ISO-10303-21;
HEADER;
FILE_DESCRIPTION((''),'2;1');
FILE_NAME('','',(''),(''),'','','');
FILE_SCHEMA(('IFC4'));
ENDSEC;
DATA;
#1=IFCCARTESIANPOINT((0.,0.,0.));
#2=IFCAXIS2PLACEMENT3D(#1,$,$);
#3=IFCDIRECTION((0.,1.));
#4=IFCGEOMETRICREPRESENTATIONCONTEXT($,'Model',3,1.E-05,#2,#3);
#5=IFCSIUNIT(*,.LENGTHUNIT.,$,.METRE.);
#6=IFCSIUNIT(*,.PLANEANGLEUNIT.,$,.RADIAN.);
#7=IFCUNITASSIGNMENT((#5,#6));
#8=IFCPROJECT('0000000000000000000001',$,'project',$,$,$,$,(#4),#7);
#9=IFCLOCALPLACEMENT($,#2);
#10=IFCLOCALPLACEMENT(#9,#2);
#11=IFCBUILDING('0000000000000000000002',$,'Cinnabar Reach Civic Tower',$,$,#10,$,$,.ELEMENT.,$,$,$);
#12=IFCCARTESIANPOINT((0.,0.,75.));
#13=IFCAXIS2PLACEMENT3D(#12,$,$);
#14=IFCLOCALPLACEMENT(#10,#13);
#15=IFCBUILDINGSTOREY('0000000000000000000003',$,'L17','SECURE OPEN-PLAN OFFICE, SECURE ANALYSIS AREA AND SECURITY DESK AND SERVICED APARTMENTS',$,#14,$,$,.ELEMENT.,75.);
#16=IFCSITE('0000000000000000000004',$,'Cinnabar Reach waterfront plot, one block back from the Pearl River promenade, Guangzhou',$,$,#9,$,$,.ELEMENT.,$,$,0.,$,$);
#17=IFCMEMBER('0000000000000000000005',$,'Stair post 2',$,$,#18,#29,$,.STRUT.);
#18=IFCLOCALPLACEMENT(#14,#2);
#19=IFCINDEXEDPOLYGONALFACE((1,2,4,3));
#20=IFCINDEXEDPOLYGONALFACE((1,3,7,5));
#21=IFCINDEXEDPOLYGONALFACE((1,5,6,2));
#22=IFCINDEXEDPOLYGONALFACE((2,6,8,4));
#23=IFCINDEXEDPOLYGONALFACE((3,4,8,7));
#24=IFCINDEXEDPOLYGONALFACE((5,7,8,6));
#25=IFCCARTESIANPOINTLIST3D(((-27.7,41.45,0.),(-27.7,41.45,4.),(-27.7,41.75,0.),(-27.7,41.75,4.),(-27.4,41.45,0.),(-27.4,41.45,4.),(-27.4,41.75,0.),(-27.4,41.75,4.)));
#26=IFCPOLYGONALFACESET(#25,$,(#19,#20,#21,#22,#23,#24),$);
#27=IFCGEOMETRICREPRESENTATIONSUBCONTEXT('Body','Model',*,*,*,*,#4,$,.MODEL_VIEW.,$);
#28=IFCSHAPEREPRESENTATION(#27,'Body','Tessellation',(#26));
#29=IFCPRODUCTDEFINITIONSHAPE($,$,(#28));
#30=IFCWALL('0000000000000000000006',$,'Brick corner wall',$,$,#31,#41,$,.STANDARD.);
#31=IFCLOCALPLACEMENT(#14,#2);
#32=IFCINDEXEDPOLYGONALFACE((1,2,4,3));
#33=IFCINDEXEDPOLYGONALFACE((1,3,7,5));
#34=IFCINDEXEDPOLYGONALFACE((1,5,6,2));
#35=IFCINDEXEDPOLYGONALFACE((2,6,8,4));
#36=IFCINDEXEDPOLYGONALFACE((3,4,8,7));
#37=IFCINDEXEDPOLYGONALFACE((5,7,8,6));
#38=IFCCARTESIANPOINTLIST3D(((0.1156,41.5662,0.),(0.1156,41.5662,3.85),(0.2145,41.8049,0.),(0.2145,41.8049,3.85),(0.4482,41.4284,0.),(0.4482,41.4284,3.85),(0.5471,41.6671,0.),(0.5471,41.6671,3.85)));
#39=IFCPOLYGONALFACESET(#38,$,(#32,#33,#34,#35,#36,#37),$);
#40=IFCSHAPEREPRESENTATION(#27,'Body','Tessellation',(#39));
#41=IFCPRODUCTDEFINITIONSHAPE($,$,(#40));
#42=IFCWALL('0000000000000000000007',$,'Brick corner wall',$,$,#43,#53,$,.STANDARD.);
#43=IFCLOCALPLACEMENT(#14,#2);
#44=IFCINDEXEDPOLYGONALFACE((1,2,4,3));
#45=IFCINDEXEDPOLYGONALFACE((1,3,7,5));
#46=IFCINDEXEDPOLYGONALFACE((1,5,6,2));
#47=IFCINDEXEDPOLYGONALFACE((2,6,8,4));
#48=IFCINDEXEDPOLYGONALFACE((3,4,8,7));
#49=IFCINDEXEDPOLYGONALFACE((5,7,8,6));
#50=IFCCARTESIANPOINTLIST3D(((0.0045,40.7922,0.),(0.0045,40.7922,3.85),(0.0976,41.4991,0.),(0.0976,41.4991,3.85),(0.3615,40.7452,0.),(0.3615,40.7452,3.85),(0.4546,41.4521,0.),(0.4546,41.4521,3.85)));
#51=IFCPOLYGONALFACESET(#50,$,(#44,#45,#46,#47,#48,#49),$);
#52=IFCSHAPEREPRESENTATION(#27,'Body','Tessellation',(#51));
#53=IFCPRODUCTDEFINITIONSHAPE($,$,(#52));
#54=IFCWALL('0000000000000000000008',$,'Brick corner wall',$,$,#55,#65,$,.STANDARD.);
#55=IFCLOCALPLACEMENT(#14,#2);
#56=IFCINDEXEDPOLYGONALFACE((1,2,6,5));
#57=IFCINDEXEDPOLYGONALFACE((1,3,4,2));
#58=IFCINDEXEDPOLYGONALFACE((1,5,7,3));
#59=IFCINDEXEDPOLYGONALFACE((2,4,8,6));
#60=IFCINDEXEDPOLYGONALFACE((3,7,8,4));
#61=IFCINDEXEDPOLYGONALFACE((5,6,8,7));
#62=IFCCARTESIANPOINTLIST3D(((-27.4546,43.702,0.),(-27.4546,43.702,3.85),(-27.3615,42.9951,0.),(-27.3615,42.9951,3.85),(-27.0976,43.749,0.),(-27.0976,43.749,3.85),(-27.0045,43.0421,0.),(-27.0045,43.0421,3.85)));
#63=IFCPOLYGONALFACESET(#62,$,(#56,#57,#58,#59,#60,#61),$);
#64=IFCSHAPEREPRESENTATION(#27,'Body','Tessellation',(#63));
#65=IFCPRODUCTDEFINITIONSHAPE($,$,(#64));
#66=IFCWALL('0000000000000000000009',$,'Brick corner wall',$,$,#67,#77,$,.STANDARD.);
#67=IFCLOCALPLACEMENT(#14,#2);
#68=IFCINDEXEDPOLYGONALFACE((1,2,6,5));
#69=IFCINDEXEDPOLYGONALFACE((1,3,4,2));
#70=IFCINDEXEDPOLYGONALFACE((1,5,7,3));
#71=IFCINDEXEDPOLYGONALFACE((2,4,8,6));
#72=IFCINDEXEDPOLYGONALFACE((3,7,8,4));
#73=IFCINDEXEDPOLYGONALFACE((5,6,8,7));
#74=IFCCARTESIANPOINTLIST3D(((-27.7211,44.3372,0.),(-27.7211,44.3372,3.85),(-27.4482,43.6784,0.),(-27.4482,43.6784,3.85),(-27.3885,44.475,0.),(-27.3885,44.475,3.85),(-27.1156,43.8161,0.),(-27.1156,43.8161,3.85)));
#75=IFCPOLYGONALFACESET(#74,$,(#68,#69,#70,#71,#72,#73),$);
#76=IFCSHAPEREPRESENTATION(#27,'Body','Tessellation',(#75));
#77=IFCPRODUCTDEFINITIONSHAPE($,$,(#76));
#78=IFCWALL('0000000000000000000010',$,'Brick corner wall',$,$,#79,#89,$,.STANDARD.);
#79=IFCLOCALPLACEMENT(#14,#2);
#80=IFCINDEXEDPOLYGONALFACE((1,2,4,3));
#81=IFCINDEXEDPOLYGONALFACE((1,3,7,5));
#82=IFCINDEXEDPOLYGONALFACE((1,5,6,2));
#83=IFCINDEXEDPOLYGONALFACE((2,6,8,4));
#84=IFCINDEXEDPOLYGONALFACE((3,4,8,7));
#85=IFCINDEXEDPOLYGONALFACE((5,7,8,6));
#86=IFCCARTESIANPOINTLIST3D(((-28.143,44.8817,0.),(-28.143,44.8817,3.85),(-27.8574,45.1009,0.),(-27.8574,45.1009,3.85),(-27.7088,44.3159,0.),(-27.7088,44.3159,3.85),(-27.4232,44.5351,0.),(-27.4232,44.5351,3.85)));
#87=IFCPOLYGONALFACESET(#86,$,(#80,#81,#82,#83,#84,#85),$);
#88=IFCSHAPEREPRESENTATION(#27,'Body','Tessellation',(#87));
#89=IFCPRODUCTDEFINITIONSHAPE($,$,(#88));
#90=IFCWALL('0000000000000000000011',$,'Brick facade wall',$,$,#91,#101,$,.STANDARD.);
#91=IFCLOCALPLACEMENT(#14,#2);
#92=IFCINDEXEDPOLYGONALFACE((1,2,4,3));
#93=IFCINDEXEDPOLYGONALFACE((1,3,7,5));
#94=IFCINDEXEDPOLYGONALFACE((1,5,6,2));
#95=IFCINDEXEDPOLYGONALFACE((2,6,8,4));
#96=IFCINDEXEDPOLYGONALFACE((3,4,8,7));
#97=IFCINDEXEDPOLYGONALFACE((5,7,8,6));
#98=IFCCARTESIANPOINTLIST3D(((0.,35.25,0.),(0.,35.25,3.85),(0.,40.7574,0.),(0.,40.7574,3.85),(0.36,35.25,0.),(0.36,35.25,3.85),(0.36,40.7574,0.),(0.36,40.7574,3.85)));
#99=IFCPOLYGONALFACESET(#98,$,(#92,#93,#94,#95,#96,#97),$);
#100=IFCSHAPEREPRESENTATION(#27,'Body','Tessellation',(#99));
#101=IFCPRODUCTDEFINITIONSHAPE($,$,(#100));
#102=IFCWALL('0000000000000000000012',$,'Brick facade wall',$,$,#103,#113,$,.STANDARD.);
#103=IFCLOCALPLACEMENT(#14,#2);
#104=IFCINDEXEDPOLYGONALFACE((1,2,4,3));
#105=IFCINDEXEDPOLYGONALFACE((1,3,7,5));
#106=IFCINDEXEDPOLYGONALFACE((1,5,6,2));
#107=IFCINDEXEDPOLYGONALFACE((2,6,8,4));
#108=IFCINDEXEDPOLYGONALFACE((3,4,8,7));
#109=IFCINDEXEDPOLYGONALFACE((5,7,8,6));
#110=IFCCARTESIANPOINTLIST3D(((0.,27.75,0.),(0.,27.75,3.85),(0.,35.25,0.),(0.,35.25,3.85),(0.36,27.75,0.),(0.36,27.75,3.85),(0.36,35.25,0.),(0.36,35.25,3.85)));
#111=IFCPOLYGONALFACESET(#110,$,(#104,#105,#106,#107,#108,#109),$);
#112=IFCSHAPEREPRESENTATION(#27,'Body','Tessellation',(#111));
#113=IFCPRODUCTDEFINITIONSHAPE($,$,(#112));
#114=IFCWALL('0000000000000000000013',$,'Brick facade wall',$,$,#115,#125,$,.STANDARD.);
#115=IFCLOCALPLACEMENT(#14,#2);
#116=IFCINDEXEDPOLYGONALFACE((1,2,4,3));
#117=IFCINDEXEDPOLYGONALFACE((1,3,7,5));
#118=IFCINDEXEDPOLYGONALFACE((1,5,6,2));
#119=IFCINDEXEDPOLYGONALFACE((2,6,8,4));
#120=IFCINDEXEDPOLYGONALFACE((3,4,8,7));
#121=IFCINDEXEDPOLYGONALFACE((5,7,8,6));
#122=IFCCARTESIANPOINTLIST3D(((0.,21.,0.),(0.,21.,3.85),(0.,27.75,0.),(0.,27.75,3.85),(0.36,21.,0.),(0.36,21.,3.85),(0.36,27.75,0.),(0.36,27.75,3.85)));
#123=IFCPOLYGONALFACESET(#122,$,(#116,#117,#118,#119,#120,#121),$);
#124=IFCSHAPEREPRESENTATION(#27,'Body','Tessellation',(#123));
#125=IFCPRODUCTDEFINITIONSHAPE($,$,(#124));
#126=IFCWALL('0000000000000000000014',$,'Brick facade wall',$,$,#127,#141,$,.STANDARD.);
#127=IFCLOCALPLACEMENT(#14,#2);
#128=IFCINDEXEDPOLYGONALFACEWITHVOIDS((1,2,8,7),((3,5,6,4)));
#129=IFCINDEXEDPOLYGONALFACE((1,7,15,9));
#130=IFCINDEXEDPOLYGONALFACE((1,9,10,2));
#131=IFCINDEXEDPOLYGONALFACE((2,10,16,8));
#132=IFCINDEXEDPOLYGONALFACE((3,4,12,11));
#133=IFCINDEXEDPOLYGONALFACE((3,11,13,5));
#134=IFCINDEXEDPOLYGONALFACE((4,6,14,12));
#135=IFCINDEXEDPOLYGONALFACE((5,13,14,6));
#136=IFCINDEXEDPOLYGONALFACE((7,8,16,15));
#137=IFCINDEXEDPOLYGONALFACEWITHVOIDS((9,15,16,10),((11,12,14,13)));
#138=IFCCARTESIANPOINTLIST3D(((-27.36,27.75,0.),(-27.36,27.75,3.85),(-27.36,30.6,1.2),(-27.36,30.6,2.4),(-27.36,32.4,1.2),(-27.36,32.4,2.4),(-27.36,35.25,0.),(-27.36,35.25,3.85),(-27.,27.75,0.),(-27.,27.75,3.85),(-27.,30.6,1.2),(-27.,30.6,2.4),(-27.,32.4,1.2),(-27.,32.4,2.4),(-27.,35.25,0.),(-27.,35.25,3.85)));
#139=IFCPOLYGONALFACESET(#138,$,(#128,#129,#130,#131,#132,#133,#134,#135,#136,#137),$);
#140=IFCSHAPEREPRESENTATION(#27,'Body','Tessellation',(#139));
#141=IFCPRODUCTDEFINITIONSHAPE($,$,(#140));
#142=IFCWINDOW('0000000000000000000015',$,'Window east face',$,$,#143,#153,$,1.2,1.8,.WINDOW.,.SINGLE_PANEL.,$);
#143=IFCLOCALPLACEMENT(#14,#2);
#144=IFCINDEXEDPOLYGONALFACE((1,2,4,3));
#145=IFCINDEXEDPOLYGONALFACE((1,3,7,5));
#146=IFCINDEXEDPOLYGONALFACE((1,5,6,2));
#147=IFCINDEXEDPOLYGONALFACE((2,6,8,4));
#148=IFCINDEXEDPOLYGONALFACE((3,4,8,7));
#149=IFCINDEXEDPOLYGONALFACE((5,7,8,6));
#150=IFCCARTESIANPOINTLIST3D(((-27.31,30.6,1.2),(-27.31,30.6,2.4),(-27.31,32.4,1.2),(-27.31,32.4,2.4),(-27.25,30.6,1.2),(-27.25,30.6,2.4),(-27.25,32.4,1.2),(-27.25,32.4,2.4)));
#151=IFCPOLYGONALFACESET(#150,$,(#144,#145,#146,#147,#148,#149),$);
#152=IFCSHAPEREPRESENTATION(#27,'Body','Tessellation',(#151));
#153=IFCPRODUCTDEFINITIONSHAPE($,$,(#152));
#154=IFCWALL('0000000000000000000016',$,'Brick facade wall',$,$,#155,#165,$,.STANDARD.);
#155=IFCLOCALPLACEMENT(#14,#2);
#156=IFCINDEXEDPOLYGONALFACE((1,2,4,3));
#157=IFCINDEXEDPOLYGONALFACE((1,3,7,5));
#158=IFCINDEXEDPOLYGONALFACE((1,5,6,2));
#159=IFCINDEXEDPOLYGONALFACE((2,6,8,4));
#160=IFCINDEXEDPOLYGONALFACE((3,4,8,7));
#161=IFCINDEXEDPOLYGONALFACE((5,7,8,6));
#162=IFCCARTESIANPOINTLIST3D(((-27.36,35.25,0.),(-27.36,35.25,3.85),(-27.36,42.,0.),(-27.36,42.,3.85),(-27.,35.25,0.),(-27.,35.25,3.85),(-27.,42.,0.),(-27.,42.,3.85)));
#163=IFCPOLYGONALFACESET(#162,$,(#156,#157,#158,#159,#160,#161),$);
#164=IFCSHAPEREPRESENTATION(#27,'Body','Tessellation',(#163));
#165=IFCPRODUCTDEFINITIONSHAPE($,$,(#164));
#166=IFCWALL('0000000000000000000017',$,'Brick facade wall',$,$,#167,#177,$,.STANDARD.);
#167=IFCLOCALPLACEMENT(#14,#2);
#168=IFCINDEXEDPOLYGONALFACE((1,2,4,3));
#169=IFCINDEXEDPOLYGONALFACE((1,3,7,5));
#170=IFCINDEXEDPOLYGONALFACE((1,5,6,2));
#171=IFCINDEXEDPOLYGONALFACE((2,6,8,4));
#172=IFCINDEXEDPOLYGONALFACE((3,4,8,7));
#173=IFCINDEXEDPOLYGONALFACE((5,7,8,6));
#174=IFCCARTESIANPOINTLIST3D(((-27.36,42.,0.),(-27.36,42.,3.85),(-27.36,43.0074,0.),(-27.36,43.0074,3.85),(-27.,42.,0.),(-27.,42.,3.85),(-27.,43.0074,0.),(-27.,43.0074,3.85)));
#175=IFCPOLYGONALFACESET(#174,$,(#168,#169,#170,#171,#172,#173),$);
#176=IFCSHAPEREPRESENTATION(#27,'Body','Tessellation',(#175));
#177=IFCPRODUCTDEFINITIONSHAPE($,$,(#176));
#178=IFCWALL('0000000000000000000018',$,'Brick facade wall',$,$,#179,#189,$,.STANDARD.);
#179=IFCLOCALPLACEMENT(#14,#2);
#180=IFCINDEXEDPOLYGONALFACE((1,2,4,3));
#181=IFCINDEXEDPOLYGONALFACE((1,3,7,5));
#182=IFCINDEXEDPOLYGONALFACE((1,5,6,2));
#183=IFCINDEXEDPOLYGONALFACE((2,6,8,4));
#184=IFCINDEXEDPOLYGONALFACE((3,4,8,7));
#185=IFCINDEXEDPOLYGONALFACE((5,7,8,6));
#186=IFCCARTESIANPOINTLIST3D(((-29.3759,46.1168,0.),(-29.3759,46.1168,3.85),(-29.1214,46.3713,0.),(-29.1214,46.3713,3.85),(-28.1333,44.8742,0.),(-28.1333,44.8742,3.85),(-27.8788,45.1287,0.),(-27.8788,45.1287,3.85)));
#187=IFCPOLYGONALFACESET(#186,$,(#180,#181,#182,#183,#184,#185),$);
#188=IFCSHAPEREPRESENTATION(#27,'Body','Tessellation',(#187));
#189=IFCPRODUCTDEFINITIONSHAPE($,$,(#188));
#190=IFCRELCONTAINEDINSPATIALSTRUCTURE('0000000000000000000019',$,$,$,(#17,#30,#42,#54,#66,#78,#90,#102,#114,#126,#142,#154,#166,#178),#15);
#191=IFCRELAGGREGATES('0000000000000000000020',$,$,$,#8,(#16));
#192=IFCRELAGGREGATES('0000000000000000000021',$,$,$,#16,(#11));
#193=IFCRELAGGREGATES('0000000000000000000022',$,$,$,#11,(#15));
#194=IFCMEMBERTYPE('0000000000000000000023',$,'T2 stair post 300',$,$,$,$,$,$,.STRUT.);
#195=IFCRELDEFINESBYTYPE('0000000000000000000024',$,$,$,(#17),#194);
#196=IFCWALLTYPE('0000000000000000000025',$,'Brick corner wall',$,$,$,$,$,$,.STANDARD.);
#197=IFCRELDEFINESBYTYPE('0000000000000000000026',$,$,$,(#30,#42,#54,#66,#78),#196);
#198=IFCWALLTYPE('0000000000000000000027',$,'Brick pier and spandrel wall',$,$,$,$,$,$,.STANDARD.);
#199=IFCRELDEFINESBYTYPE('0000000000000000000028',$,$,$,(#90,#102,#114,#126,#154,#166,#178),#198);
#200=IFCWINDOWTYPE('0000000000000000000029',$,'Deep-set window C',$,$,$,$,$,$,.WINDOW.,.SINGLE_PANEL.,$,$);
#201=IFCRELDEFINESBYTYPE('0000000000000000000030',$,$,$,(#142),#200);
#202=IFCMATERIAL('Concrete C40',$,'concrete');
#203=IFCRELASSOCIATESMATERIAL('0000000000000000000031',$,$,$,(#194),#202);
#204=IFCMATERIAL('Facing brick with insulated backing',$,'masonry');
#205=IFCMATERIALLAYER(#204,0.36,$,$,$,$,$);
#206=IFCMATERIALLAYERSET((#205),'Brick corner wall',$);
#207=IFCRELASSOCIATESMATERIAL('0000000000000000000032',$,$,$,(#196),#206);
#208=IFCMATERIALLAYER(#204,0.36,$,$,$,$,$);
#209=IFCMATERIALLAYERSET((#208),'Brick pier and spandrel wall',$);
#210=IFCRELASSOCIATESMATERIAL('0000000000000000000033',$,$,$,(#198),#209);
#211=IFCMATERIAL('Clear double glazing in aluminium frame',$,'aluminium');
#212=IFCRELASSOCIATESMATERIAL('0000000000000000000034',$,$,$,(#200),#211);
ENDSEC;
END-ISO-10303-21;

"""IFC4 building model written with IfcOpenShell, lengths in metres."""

from ifc_helpers import new_model, si_unit, direction, frame, frame_2d, origin, origin_2d, place, context, subcontext, project, spatial, rectangle, extrude, material, layer, layer_set, material_profile, profile_set, type_object, element, fill, save


model = new_model("IFC4")

# Units and contexts
model_context = context("Model", 3, precision=1e-05, world=origin(), true_north=direction((0.0, 1.0)))
body_context = subcontext(model_context, "Body", "Model", "MODEL_VIEW")
ifc_project = project(units=[si_unit("LENGTHUNIT", "METRE"), si_unit("PLANEANGLEUNIT", "RADIAN")], contexts=[model_context])

# Site, building, storey
site_placement = place(None, origin())
site = spatial("IfcSite", under=ifc_project, at=site_placement, Name="Cinnabar Reach waterfront plot, one block back from the Pearl River promenade, Guangzhou", CompositionType="ELEMENT", RefElevation=0.0)
building_placement = place(site_placement, origin())
building = spatial("IfcBuilding", under=site, at=building_placement, Name="Cinnabar Reach Civic Tower", CompositionType="ELEMENT")
storey_placement = place(building_placement, frame((0.0, 0.0, 75.0)))
storey = spatial("IfcBuildingStorey", under=building, at=storey_placement, Name="L17", Description="SECURE OPEN-PLAN OFFICE, SECURE ANALYSIS AREA AND SECURITY DESK AND SERVICED APARTMENTS", CompositionType="ELEMENT", Elevation=75.0)

# Member
ifc_material_1 = material(Name="Concrete C40", Category="concrete")
ifc_material_profile_1 = material_profile(ifc_material_1, rectangle(XDim=0.3, YDim=0.3, at=origin_2d()), Name="C300")
ifc_profile_set_1 = profile_set([ifc_material_profile_1], Name="Concrete C40")
member_type = type_object("IfcMemberType", Name="T2 stair post 300", PredefinedType="STRUT", material=ifc_profile_set_1)
member_placement = place(storey_placement, frame((-27.55, 41.6, 0.0), z_axis=(0.0, 0.0, 1.0), x_axis=(1.0, 0.0, 0.0)))
element("IfcMember", 1, at=member_placement, inside=storey, type_object=member_type, Name="Stair post 2", PredefinedType="STRUT", context=body_context, shape_type="SweptSolid", body=[
    extrude(rectangle(XDim=0.3, YDim=0.3, at=origin_2d()), origin(), (0.0, 0.0, 1.0), 4.0),
])

# Walls
ifc_material_2 = material(Name="Facing brick with insulated backing", Category="masonry")
ifc_layer_1 = layer(ifc_material_2, 0.36)
ifc_layer_set_1 = layer_set([ifc_layer_1], Name="Brick corner wall")
wall_type_1 = type_object("IfcWallType", Name="Brick corner wall", PredefinedType="STANDARD", material=ifc_layer_set_1)
wall_1_placement = place(storey_placement, frame((0.3808, 41.736, 0.0), z_axis=(0.0, 0.0, 1.0), x_axis=(-0.382773, -0.923842, 0.0)))
element("IfcWall", 2, at=wall_1_placement, inside=storey, type_object=wall_type_1, Name="Brick corner wall", PredefinedType="STANDARD", context=body_context, shape_type="SweptSolid", body=[
    extrude(rectangle(XDim=0.2584, YDim=0.36, at=frame_2d((0.1292, 0.0))), origin(), (0.0, 0.0, 1.0), 3.85),
])
for number, where, z_axis, x_axis, name in (
    (3, (0.2761, 41.4756, 0.0), (0.0, 0.0, 1.0), (-0.130556, -0.991441, 0.0), "Brick corner wall"),
    (4, (-27.183, 43.0186, 0.0), (0.0, 0.0, 1.0), (-0.130556, 0.991441, 0.0), "Brick corner wall"),
    (5, (-27.2819, 43.7473, 0.0), (0.0, 0.0, 1.0), (-0.382703, 0.923872, 0.0), "Brick corner wall"),
):
    element("IfcWall", number, at=place(storey_placement, frame(where, z_axis=z_axis, x_axis=x_axis)), inside=storey, type_object=wall_type_1, Name=name, PredefinedType="STANDARD", context=body_context, shape_type="SweptSolid", body=[
        extrude(rectangle(XDim=0.7131, YDim=0.36, at=frame_2d((0.3565, 0.0))), origin(), (0.0, 0.0, 1.0), 3.85),
    ])
wall_2_placement = place(storey_placement, frame((-27.566, 44.4255, 0.0), z_axis=(0.0, 0.0, 1.0), x_axis=(-0.608802, 0.793322, 0.0)))
element("IfcWall", 6, at=wall_2_placement, inside=storey, type_object=wall_type_1, Name="Brick corner wall", PredefinedType="STANDARD", context=body_context, shape_type="SweptSolid", body=[
    extrude(rectangle(XDim=0.7132, YDim=0.36, at=frame_2d((0.3566, 0.0))), origin(), (0.0, 0.0, 1.0), 3.85),
])
ifc_layer_2 = layer(ifc_material_2, 0.36)
ifc_layer_set_2 = layer_set([ifc_layer_2], Name="Brick pier and spandrel wall")
wall_type_2 = type_object("IfcWallType", Name="Brick pier and spandrel wall", PredefinedType="STANDARD", material=ifc_layer_set_2)
wall_3_placement = place(storey_placement, frame((0.18, 40.7574, 0.0), z_axis=(0.0, 0.0, 1.0), x_axis=(0.0, -1.0, 0.0)))
element("IfcWall", 7, at=wall_3_placement, inside=storey, type_object=wall_type_2, Name="Brick facade wall", PredefinedType="STANDARD", context=body_context, shape_type="SweptSolid", body=[
    extrude(rectangle(XDim=5.5074, YDim=0.36, at=frame_2d((2.7537, 0.0))), origin(), (0.0, 0.0, 1.0), 3.85),
])
wall_4_placement = place(storey_placement, frame((0.18, 35.25, 0.0), z_axis=(0.0, 0.0, 1.0), x_axis=(0.0, -1.0, 0.0)))
element("IfcWall", 8, at=wall_4_placement, inside=storey, type_object=wall_type_2, Name="Brick facade wall", PredefinedType="STANDARD", context=body_context, shape_type="SweptSolid", body=[
    extrude(rectangle(XDim=7.5, YDim=0.36, at=frame_2d((3.75, 0.0))), origin(), (0.0, 0.0, 1.0), 3.85),
])
wall_5_placement = place(storey_placement, frame((0.18, 27.75, 0.0), z_axis=(0.0, 0.0, 1.0), x_axis=(0.0, -1.0, 0.0)))
element("IfcWall", 9, at=wall_5_placement, inside=storey, type_object=wall_type_2, Name="Brick facade wall", PredefinedType="STANDARD", context=body_context, shape_type="SweptSolid", body=[
    extrude(rectangle(XDim=6.75, YDim=0.36, at=frame_2d((3.375, 0.0))), origin(), (0.0, 0.0, 1.0), 3.85),
])

# Wall, opening, window
wall_6_placement = place(storey_placement, frame((-27.18, 27.75, 0.0), z_axis=(0.0, 0.0, 1.0), x_axis=(0.0, 1.0, 0.0)))
wall_6 = element("IfcWall", 10, at=wall_6_placement, inside=storey, type_object=wall_type_2, Name="Brick facade wall", PredefinedType="STANDARD", context=body_context, shape_type="SweptSolid", body=[
    extrude(rectangle(XDim=7.5, YDim=0.36, at=frame_2d((3.75, 0.0))), origin(), (0.0, 0.0, 1.0), 3.85),
])
opening_1_placement = place(wall_6_placement, frame((2.85, 0.0, 1.2)))
opening_1 = element("IfcOpeningElement", 11, at=opening_1_placement, cuts=wall_6, PredefinedType="OPENING", context=body_context, shape_type="SweptSolid", body=[
    extrude(rectangle(XDim=1.8, YDim=1.2, at=frame_2d((0.9, 0.6))), frame((0.0, 0.19, 0.0), z_axis=(0.0, -1.0, 0.0), x_axis=(1.0, 0.0, 0.0)), (0.0, 0.0, 1.0), 0.38),
])
ifc_material_3 = material(Name="Clear double glazing in aluminium frame", Category="aluminium")
window_type = type_object("IfcWindowType", Name="Deep-set window C", PartitioningType="SINGLE_PANEL", PredefinedType="WINDOW", material=ifc_material_3)
window_placement = place(opening_1_placement, origin())
window = element("IfcWindow", 12, at=window_placement, inside=storey, type_object=window_type, Name="Window east face", OverallHeight=1.2, OverallWidth=1.8, PartitioningType="SINGLE_PANEL", PredefinedType="WINDOW", context=body_context, shape_type="SweptSolid", body=[
    extrude(rectangle(XDim=1.8, YDim=1.2, at=frame_2d((0.9, 0.6))), frame((0.0, 0.13, 0.0), z_axis=(0.0, -1.0, 0.0), x_axis=(1.0, 0.0, 0.0)), (0.0, 0.0, 1.0), 0.06),
])
fill(opening_1, window)

# Walls
wall_7_placement = place(storey_placement, frame((-27.18, 35.25, 0.0), z_axis=(0.0, 0.0, 1.0), x_axis=(0.0, 1.0, 0.0)))
element("IfcWall", 13, at=wall_7_placement, inside=storey, type_object=wall_type_2, Name="Brick facade wall", PredefinedType="STANDARD", context=body_context, shape_type="SweptSolid", body=[
    extrude(rectangle(XDim=6.75, YDim=0.36, at=frame_2d((3.375, 0.0))), origin(), (0.0, 0.0, 1.0), 3.85),
])
wall_8_placement = place(storey_placement, frame((-27.18, 42.0, 0.0), z_axis=(0.0, 0.0, 1.0), x_axis=(0.0, 1.0, 0.0)))
element("IfcWall", 14, at=wall_8_placement, inside=storey, type_object=wall_type_2, Name="Brick facade wall", PredefinedType="STANDARD", context=body_context, shape_type="SweptSolid", body=[
    extrude(rectangle(XDim=1.0074, YDim=0.36, at=frame_2d((0.5037, 0.0))), origin(), (0.0, 0.0, 1.0), 3.85),
])
wall_9_placement = place(storey_placement, frame((-28.006, 45.0014, 0.0), z_axis=(0.0, 0.0, 1.0), x_axis=(-0.707107, 0.707107, 0.0)))
element("IfcWall", 15, at=wall_9_placement, inside=storey, type_object=wall_type_2, Name="Brick facade wall", PredefinedType="STANDARD", context=body_context, shape_type="SweptSolid", body=[
    extrude(rectangle(XDim=1.7573, YDim=0.36, at=frame_2d((0.8787, 0.0))), origin(), (0.0, 0.0, 1.0), 3.85),
])

save(model, "model.ifc")
